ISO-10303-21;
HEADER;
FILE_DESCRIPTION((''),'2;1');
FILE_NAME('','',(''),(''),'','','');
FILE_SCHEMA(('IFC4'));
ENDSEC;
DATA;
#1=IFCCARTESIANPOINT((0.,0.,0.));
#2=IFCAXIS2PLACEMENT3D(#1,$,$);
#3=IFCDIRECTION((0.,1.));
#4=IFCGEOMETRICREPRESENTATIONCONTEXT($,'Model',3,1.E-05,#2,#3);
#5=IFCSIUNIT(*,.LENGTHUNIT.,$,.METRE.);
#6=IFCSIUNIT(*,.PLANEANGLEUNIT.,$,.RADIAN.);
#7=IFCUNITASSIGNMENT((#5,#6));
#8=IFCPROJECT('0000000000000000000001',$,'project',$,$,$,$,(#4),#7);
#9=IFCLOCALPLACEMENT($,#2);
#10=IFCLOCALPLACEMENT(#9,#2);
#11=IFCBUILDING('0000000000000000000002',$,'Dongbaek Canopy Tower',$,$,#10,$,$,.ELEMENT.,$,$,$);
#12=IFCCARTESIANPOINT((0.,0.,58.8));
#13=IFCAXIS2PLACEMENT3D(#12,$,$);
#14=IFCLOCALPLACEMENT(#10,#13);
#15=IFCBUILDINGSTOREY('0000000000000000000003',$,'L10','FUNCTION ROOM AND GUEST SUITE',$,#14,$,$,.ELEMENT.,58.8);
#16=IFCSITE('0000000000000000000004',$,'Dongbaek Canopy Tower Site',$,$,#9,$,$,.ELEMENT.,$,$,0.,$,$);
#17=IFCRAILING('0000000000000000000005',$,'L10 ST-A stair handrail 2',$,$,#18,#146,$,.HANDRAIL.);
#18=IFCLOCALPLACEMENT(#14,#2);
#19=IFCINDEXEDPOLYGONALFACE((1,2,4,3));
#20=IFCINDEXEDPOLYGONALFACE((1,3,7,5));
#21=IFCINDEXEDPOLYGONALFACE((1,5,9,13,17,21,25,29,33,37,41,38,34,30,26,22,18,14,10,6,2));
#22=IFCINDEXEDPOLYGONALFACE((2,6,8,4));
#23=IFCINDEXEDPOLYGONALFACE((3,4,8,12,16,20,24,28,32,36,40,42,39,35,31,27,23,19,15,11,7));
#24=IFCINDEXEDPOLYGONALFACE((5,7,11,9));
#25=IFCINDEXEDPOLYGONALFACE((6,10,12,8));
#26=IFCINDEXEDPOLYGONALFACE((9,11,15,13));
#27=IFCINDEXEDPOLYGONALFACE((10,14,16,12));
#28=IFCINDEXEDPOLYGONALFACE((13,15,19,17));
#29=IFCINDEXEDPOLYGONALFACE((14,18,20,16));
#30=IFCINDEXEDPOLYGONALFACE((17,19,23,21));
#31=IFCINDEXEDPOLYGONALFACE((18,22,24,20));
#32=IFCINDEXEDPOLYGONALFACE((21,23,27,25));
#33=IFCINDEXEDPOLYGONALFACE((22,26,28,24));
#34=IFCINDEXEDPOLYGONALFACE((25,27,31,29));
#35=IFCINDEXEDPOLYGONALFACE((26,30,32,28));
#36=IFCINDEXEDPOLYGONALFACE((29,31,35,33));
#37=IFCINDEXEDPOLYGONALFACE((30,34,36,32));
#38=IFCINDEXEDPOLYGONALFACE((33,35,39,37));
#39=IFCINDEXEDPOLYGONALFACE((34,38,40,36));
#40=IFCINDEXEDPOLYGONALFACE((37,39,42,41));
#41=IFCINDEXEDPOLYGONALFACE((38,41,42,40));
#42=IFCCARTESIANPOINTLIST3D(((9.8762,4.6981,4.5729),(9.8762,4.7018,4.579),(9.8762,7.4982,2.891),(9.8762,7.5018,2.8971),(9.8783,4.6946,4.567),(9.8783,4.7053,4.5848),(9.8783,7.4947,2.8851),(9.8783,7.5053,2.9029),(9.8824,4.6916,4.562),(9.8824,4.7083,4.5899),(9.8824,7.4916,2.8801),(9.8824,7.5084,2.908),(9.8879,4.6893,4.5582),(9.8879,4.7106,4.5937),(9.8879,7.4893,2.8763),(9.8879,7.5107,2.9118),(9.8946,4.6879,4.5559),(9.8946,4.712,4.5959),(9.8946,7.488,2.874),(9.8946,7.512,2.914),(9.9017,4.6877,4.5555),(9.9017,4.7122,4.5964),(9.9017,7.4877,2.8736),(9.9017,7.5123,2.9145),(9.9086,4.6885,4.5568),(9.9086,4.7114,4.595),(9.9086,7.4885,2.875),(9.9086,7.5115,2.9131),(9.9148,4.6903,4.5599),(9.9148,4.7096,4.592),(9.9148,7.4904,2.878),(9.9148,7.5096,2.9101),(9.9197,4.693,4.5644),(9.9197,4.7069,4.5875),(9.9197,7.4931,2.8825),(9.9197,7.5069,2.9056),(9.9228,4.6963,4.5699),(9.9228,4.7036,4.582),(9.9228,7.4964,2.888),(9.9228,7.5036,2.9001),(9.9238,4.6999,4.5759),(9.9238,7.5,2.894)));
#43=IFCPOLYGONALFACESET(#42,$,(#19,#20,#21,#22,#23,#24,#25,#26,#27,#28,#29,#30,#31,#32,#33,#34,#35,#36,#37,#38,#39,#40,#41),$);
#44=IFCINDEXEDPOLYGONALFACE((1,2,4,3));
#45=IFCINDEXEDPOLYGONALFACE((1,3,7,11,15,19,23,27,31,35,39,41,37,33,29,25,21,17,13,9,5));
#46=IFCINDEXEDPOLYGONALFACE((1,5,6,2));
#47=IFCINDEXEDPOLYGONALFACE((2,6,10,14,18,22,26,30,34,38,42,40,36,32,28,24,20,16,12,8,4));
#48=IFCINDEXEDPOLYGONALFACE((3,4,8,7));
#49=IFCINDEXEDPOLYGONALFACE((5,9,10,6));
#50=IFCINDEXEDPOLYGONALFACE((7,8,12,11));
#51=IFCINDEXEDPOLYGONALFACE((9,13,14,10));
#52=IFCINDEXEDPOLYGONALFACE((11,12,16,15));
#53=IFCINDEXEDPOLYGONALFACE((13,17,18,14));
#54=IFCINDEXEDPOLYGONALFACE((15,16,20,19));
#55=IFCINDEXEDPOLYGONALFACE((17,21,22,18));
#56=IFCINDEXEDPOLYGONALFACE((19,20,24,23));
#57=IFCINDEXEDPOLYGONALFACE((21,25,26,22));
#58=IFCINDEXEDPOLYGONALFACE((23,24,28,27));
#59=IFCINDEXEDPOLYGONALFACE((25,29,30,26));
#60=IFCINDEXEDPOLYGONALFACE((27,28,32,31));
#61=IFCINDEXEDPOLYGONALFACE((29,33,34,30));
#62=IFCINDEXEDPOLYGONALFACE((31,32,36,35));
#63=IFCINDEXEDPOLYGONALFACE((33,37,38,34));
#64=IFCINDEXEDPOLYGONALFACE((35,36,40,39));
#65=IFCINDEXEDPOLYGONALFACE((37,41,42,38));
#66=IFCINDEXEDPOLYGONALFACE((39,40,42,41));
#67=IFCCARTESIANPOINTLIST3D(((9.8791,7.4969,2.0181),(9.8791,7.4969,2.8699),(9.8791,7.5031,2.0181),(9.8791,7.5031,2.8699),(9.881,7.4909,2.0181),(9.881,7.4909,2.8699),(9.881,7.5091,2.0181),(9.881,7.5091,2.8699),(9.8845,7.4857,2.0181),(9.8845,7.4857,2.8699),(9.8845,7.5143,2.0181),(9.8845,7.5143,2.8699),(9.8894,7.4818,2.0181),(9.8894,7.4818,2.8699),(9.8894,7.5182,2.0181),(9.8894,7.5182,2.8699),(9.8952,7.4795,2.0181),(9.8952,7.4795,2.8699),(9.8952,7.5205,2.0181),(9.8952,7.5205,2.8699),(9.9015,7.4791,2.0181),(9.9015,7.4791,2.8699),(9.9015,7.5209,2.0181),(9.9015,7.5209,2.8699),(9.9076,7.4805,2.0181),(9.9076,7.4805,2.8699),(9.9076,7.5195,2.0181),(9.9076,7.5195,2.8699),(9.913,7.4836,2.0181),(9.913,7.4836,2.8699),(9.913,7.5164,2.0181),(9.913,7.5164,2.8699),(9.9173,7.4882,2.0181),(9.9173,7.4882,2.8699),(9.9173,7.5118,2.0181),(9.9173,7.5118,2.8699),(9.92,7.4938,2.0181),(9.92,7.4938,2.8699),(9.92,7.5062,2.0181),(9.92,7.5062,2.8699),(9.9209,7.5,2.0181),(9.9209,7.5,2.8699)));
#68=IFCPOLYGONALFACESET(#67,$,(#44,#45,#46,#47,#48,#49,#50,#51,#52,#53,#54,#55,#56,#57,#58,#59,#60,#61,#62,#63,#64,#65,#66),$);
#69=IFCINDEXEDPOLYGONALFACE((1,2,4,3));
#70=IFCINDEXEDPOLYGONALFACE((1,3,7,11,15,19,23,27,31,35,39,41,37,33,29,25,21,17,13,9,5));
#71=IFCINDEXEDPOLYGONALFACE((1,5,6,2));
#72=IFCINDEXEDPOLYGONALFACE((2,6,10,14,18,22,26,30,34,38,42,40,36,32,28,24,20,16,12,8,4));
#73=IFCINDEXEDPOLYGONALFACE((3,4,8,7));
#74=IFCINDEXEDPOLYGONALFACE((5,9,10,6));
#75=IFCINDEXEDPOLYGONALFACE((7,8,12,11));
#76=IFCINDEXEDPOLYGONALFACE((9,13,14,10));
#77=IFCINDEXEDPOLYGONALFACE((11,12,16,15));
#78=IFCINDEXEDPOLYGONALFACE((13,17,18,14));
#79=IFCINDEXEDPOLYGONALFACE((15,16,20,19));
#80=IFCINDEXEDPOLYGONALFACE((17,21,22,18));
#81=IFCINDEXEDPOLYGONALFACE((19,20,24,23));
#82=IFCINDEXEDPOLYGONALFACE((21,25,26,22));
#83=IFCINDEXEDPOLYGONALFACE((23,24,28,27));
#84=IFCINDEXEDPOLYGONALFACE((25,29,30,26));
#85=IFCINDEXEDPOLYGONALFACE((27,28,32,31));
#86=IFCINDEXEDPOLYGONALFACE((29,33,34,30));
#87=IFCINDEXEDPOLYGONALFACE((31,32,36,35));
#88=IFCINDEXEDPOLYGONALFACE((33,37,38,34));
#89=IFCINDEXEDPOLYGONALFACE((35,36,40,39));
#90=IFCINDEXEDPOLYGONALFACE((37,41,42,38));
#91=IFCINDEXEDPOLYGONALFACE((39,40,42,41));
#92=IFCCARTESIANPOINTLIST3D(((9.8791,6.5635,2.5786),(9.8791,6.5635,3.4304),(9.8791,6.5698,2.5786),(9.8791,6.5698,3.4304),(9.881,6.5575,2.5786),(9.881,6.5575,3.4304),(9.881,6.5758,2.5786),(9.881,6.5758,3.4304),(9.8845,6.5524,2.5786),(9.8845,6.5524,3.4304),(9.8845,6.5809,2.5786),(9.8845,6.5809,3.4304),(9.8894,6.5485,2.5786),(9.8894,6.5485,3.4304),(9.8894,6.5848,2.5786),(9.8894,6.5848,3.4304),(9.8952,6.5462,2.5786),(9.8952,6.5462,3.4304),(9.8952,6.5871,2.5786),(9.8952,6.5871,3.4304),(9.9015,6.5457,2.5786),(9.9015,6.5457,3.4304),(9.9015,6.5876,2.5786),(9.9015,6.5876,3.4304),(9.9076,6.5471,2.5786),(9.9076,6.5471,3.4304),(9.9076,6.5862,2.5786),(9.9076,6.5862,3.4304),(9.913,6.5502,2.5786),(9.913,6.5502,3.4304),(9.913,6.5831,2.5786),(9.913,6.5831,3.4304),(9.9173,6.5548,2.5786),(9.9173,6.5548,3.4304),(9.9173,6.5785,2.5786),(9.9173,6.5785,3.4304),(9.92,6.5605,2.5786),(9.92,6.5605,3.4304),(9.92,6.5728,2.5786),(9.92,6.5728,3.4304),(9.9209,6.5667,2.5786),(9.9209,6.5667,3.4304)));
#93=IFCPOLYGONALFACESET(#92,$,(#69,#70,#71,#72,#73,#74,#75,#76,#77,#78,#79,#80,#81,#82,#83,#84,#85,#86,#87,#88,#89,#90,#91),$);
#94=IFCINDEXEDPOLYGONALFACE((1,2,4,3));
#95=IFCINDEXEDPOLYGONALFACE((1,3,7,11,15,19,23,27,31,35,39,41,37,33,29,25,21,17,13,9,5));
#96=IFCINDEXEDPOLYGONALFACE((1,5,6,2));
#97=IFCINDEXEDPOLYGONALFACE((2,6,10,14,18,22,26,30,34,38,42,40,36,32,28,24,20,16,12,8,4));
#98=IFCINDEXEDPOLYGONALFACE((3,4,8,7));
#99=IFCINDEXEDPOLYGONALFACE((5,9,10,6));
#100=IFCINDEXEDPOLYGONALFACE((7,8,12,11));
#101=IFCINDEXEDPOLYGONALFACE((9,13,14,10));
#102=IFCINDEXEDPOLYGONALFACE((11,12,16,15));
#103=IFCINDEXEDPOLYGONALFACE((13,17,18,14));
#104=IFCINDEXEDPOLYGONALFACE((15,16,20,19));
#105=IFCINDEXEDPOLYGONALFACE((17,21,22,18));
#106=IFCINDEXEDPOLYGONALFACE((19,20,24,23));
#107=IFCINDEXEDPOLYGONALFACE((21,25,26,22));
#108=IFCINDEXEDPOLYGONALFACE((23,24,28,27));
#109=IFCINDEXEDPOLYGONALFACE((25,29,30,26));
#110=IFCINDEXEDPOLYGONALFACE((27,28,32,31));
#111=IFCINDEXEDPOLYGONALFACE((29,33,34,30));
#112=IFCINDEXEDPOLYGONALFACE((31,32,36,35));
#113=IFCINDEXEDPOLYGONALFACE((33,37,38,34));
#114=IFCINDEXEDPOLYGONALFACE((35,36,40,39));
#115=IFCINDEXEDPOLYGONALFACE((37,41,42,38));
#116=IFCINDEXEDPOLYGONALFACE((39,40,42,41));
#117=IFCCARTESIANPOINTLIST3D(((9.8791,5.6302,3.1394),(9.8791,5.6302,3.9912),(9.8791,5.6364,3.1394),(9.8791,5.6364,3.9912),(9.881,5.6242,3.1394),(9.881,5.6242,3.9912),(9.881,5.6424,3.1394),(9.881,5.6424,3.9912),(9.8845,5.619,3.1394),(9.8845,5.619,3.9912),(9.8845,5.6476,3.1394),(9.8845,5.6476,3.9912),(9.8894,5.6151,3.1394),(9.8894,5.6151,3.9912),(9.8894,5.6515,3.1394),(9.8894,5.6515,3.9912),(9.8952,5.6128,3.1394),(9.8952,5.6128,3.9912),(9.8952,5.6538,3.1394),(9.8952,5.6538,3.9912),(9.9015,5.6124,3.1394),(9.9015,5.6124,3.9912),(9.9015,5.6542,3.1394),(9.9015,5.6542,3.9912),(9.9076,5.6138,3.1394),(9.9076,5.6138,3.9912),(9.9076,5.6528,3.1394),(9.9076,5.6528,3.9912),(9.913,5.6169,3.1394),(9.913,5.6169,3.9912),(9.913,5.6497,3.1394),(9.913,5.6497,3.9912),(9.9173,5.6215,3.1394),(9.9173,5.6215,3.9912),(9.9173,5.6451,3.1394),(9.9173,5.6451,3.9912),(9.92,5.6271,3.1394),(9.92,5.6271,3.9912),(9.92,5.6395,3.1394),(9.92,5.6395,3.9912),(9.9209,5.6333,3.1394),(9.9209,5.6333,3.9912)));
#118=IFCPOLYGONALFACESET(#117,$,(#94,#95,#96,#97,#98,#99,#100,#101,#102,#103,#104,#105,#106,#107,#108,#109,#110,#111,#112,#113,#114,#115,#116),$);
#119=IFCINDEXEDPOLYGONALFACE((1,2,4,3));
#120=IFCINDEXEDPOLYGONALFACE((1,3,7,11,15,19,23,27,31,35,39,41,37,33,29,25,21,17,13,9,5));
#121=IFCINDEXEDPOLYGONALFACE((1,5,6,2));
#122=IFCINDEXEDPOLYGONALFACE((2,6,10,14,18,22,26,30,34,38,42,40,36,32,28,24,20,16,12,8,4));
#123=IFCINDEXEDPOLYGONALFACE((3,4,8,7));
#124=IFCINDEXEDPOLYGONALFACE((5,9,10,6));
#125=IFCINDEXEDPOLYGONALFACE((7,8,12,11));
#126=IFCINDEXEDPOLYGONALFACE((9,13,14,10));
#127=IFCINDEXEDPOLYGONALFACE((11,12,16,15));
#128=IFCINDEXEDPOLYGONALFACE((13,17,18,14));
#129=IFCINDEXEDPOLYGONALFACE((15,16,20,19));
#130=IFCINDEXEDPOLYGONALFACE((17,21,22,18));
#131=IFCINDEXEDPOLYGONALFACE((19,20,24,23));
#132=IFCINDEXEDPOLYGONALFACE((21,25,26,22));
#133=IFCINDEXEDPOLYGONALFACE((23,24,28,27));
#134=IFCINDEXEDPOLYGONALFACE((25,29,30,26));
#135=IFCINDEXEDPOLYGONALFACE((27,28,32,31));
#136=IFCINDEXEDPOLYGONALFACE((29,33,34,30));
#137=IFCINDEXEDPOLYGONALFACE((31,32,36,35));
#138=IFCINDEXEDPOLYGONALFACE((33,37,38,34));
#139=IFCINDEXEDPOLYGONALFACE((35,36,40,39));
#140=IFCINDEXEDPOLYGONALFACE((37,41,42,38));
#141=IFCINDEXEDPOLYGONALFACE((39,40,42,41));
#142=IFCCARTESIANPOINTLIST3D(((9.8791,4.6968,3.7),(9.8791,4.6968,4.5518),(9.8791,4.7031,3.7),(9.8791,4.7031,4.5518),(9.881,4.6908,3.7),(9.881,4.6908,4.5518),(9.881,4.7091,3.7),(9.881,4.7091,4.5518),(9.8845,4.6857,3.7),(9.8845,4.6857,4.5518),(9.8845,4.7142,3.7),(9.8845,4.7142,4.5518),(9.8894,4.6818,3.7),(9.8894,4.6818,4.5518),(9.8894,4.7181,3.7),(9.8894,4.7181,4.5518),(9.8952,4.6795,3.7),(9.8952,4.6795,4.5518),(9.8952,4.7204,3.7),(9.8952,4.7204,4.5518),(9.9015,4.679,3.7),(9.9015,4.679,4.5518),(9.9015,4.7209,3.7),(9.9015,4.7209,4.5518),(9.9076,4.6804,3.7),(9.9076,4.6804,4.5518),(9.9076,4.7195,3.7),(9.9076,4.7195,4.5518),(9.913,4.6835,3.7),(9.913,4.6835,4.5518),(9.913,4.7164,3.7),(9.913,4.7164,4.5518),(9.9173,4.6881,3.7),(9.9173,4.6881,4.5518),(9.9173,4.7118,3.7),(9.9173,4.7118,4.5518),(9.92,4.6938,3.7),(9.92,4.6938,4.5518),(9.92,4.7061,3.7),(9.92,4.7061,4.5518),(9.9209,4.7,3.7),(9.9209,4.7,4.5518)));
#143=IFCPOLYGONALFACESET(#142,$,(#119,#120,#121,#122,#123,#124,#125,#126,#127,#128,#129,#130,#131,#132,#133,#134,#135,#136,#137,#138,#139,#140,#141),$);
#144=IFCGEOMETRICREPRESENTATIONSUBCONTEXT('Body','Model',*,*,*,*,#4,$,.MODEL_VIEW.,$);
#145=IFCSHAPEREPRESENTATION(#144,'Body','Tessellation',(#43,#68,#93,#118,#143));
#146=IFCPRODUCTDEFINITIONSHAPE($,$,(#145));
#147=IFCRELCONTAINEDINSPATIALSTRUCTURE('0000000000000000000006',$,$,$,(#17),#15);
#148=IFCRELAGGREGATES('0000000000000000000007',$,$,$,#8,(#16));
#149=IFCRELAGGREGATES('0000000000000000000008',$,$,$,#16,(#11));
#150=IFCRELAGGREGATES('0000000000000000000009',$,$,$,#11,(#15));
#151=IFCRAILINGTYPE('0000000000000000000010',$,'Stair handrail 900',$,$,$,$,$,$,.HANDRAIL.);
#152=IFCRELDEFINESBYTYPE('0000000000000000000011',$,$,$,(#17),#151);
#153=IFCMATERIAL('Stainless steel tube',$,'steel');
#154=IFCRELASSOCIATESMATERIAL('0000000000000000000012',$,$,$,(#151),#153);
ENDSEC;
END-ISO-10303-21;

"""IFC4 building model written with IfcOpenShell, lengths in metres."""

from ifc_helpers import new_model, si_unit, direction, frame, origin, origin_2d, place, context, subcontext, project, spatial, circle, extrude, material, type_object, element, save


model = new_model("IFC4")

# Units and contexts
model_context = context("Model", 3, precision=1e-05, world=origin(), true_north=direction((0.0, 1.0)))
body_context = subcontext(model_context, "Body", "Model", "MODEL_VIEW")
ifc_project = project(units=[si_unit("LENGTHUNIT", "METRE"), si_unit("PLANEANGLEUNIT", "RADIAN")], contexts=[model_context])

# Site, building, storey
site_placement = place(None, origin())
site = spatial("IfcSite", under=ifc_project, at=site_placement, Name="Dongbaek Canopy Tower Site", CompositionType="ELEMENT", RefElevation=0.0)
building_placement = place(site_placement, origin())
building = spatial("IfcBuilding", under=site, at=building_placement, Name="Dongbaek Canopy Tower", CompositionType="ELEMENT")
storey_placement = place(building_placement, frame((0.0, 0.0, 58.8)))
storey = spatial("IfcBuildingStorey", under=building, at=storey_placement, Name="L10", Description="FUNCTION ROOM AND GUEST SUITE", CompositionType="ELEMENT", Elevation=58.8)

# Railing
ifc_material_1 = material(Name="Stainless steel tube", Category="steel")
railing_type_1 = type_object("IfcRailingType", Name="Stair handrail 900", PredefinedType="HANDRAIL", material=ifc_material_1)
railing_1_placement = place(storey_placement, frame((9.8999, 7.5, 2.0181)))
element("IfcRailing", 1, at=railing_1_placement, inside=storey, type_object=railing_type_1, Name="L10 ST-A stair handrail 2", PredefinedType="HANDRAIL", context=body_context, shape_type="SweptSolid", body=[
    extrude(circle(Radius=0.0239, at=origin_2d()), frame((0.0, 0.0, 0.876), z_axis=(0.0, -0.857242, 0.514913), x_axis=(1.0, 0.0, 0.0)), (0.0, 0.0, 1.0), 3.2664),
    extrude(circle(Radius=0.021, at=origin_2d()), origin(), (0.0, 0.0, 1.0), 0.8518),
    extrude(circle(Radius=0.021, at=origin_2d()), frame((0.0, -0.9333, 0.5605)), (0.0, 0.0, 1.0), 0.8518),
    extrude(circle(Radius=0.021, at=origin_2d()), frame((0.0, -1.8667, 1.1213)), (0.0, 0.0, 1.0), 0.8518),
    extrude(circle(Radius=0.021, at=origin_2d()), frame((0.0, -2.8, 1.6819)), (0.0, 0.0, 1.0), 0.8518),
])

save(model, "model.ifc")
